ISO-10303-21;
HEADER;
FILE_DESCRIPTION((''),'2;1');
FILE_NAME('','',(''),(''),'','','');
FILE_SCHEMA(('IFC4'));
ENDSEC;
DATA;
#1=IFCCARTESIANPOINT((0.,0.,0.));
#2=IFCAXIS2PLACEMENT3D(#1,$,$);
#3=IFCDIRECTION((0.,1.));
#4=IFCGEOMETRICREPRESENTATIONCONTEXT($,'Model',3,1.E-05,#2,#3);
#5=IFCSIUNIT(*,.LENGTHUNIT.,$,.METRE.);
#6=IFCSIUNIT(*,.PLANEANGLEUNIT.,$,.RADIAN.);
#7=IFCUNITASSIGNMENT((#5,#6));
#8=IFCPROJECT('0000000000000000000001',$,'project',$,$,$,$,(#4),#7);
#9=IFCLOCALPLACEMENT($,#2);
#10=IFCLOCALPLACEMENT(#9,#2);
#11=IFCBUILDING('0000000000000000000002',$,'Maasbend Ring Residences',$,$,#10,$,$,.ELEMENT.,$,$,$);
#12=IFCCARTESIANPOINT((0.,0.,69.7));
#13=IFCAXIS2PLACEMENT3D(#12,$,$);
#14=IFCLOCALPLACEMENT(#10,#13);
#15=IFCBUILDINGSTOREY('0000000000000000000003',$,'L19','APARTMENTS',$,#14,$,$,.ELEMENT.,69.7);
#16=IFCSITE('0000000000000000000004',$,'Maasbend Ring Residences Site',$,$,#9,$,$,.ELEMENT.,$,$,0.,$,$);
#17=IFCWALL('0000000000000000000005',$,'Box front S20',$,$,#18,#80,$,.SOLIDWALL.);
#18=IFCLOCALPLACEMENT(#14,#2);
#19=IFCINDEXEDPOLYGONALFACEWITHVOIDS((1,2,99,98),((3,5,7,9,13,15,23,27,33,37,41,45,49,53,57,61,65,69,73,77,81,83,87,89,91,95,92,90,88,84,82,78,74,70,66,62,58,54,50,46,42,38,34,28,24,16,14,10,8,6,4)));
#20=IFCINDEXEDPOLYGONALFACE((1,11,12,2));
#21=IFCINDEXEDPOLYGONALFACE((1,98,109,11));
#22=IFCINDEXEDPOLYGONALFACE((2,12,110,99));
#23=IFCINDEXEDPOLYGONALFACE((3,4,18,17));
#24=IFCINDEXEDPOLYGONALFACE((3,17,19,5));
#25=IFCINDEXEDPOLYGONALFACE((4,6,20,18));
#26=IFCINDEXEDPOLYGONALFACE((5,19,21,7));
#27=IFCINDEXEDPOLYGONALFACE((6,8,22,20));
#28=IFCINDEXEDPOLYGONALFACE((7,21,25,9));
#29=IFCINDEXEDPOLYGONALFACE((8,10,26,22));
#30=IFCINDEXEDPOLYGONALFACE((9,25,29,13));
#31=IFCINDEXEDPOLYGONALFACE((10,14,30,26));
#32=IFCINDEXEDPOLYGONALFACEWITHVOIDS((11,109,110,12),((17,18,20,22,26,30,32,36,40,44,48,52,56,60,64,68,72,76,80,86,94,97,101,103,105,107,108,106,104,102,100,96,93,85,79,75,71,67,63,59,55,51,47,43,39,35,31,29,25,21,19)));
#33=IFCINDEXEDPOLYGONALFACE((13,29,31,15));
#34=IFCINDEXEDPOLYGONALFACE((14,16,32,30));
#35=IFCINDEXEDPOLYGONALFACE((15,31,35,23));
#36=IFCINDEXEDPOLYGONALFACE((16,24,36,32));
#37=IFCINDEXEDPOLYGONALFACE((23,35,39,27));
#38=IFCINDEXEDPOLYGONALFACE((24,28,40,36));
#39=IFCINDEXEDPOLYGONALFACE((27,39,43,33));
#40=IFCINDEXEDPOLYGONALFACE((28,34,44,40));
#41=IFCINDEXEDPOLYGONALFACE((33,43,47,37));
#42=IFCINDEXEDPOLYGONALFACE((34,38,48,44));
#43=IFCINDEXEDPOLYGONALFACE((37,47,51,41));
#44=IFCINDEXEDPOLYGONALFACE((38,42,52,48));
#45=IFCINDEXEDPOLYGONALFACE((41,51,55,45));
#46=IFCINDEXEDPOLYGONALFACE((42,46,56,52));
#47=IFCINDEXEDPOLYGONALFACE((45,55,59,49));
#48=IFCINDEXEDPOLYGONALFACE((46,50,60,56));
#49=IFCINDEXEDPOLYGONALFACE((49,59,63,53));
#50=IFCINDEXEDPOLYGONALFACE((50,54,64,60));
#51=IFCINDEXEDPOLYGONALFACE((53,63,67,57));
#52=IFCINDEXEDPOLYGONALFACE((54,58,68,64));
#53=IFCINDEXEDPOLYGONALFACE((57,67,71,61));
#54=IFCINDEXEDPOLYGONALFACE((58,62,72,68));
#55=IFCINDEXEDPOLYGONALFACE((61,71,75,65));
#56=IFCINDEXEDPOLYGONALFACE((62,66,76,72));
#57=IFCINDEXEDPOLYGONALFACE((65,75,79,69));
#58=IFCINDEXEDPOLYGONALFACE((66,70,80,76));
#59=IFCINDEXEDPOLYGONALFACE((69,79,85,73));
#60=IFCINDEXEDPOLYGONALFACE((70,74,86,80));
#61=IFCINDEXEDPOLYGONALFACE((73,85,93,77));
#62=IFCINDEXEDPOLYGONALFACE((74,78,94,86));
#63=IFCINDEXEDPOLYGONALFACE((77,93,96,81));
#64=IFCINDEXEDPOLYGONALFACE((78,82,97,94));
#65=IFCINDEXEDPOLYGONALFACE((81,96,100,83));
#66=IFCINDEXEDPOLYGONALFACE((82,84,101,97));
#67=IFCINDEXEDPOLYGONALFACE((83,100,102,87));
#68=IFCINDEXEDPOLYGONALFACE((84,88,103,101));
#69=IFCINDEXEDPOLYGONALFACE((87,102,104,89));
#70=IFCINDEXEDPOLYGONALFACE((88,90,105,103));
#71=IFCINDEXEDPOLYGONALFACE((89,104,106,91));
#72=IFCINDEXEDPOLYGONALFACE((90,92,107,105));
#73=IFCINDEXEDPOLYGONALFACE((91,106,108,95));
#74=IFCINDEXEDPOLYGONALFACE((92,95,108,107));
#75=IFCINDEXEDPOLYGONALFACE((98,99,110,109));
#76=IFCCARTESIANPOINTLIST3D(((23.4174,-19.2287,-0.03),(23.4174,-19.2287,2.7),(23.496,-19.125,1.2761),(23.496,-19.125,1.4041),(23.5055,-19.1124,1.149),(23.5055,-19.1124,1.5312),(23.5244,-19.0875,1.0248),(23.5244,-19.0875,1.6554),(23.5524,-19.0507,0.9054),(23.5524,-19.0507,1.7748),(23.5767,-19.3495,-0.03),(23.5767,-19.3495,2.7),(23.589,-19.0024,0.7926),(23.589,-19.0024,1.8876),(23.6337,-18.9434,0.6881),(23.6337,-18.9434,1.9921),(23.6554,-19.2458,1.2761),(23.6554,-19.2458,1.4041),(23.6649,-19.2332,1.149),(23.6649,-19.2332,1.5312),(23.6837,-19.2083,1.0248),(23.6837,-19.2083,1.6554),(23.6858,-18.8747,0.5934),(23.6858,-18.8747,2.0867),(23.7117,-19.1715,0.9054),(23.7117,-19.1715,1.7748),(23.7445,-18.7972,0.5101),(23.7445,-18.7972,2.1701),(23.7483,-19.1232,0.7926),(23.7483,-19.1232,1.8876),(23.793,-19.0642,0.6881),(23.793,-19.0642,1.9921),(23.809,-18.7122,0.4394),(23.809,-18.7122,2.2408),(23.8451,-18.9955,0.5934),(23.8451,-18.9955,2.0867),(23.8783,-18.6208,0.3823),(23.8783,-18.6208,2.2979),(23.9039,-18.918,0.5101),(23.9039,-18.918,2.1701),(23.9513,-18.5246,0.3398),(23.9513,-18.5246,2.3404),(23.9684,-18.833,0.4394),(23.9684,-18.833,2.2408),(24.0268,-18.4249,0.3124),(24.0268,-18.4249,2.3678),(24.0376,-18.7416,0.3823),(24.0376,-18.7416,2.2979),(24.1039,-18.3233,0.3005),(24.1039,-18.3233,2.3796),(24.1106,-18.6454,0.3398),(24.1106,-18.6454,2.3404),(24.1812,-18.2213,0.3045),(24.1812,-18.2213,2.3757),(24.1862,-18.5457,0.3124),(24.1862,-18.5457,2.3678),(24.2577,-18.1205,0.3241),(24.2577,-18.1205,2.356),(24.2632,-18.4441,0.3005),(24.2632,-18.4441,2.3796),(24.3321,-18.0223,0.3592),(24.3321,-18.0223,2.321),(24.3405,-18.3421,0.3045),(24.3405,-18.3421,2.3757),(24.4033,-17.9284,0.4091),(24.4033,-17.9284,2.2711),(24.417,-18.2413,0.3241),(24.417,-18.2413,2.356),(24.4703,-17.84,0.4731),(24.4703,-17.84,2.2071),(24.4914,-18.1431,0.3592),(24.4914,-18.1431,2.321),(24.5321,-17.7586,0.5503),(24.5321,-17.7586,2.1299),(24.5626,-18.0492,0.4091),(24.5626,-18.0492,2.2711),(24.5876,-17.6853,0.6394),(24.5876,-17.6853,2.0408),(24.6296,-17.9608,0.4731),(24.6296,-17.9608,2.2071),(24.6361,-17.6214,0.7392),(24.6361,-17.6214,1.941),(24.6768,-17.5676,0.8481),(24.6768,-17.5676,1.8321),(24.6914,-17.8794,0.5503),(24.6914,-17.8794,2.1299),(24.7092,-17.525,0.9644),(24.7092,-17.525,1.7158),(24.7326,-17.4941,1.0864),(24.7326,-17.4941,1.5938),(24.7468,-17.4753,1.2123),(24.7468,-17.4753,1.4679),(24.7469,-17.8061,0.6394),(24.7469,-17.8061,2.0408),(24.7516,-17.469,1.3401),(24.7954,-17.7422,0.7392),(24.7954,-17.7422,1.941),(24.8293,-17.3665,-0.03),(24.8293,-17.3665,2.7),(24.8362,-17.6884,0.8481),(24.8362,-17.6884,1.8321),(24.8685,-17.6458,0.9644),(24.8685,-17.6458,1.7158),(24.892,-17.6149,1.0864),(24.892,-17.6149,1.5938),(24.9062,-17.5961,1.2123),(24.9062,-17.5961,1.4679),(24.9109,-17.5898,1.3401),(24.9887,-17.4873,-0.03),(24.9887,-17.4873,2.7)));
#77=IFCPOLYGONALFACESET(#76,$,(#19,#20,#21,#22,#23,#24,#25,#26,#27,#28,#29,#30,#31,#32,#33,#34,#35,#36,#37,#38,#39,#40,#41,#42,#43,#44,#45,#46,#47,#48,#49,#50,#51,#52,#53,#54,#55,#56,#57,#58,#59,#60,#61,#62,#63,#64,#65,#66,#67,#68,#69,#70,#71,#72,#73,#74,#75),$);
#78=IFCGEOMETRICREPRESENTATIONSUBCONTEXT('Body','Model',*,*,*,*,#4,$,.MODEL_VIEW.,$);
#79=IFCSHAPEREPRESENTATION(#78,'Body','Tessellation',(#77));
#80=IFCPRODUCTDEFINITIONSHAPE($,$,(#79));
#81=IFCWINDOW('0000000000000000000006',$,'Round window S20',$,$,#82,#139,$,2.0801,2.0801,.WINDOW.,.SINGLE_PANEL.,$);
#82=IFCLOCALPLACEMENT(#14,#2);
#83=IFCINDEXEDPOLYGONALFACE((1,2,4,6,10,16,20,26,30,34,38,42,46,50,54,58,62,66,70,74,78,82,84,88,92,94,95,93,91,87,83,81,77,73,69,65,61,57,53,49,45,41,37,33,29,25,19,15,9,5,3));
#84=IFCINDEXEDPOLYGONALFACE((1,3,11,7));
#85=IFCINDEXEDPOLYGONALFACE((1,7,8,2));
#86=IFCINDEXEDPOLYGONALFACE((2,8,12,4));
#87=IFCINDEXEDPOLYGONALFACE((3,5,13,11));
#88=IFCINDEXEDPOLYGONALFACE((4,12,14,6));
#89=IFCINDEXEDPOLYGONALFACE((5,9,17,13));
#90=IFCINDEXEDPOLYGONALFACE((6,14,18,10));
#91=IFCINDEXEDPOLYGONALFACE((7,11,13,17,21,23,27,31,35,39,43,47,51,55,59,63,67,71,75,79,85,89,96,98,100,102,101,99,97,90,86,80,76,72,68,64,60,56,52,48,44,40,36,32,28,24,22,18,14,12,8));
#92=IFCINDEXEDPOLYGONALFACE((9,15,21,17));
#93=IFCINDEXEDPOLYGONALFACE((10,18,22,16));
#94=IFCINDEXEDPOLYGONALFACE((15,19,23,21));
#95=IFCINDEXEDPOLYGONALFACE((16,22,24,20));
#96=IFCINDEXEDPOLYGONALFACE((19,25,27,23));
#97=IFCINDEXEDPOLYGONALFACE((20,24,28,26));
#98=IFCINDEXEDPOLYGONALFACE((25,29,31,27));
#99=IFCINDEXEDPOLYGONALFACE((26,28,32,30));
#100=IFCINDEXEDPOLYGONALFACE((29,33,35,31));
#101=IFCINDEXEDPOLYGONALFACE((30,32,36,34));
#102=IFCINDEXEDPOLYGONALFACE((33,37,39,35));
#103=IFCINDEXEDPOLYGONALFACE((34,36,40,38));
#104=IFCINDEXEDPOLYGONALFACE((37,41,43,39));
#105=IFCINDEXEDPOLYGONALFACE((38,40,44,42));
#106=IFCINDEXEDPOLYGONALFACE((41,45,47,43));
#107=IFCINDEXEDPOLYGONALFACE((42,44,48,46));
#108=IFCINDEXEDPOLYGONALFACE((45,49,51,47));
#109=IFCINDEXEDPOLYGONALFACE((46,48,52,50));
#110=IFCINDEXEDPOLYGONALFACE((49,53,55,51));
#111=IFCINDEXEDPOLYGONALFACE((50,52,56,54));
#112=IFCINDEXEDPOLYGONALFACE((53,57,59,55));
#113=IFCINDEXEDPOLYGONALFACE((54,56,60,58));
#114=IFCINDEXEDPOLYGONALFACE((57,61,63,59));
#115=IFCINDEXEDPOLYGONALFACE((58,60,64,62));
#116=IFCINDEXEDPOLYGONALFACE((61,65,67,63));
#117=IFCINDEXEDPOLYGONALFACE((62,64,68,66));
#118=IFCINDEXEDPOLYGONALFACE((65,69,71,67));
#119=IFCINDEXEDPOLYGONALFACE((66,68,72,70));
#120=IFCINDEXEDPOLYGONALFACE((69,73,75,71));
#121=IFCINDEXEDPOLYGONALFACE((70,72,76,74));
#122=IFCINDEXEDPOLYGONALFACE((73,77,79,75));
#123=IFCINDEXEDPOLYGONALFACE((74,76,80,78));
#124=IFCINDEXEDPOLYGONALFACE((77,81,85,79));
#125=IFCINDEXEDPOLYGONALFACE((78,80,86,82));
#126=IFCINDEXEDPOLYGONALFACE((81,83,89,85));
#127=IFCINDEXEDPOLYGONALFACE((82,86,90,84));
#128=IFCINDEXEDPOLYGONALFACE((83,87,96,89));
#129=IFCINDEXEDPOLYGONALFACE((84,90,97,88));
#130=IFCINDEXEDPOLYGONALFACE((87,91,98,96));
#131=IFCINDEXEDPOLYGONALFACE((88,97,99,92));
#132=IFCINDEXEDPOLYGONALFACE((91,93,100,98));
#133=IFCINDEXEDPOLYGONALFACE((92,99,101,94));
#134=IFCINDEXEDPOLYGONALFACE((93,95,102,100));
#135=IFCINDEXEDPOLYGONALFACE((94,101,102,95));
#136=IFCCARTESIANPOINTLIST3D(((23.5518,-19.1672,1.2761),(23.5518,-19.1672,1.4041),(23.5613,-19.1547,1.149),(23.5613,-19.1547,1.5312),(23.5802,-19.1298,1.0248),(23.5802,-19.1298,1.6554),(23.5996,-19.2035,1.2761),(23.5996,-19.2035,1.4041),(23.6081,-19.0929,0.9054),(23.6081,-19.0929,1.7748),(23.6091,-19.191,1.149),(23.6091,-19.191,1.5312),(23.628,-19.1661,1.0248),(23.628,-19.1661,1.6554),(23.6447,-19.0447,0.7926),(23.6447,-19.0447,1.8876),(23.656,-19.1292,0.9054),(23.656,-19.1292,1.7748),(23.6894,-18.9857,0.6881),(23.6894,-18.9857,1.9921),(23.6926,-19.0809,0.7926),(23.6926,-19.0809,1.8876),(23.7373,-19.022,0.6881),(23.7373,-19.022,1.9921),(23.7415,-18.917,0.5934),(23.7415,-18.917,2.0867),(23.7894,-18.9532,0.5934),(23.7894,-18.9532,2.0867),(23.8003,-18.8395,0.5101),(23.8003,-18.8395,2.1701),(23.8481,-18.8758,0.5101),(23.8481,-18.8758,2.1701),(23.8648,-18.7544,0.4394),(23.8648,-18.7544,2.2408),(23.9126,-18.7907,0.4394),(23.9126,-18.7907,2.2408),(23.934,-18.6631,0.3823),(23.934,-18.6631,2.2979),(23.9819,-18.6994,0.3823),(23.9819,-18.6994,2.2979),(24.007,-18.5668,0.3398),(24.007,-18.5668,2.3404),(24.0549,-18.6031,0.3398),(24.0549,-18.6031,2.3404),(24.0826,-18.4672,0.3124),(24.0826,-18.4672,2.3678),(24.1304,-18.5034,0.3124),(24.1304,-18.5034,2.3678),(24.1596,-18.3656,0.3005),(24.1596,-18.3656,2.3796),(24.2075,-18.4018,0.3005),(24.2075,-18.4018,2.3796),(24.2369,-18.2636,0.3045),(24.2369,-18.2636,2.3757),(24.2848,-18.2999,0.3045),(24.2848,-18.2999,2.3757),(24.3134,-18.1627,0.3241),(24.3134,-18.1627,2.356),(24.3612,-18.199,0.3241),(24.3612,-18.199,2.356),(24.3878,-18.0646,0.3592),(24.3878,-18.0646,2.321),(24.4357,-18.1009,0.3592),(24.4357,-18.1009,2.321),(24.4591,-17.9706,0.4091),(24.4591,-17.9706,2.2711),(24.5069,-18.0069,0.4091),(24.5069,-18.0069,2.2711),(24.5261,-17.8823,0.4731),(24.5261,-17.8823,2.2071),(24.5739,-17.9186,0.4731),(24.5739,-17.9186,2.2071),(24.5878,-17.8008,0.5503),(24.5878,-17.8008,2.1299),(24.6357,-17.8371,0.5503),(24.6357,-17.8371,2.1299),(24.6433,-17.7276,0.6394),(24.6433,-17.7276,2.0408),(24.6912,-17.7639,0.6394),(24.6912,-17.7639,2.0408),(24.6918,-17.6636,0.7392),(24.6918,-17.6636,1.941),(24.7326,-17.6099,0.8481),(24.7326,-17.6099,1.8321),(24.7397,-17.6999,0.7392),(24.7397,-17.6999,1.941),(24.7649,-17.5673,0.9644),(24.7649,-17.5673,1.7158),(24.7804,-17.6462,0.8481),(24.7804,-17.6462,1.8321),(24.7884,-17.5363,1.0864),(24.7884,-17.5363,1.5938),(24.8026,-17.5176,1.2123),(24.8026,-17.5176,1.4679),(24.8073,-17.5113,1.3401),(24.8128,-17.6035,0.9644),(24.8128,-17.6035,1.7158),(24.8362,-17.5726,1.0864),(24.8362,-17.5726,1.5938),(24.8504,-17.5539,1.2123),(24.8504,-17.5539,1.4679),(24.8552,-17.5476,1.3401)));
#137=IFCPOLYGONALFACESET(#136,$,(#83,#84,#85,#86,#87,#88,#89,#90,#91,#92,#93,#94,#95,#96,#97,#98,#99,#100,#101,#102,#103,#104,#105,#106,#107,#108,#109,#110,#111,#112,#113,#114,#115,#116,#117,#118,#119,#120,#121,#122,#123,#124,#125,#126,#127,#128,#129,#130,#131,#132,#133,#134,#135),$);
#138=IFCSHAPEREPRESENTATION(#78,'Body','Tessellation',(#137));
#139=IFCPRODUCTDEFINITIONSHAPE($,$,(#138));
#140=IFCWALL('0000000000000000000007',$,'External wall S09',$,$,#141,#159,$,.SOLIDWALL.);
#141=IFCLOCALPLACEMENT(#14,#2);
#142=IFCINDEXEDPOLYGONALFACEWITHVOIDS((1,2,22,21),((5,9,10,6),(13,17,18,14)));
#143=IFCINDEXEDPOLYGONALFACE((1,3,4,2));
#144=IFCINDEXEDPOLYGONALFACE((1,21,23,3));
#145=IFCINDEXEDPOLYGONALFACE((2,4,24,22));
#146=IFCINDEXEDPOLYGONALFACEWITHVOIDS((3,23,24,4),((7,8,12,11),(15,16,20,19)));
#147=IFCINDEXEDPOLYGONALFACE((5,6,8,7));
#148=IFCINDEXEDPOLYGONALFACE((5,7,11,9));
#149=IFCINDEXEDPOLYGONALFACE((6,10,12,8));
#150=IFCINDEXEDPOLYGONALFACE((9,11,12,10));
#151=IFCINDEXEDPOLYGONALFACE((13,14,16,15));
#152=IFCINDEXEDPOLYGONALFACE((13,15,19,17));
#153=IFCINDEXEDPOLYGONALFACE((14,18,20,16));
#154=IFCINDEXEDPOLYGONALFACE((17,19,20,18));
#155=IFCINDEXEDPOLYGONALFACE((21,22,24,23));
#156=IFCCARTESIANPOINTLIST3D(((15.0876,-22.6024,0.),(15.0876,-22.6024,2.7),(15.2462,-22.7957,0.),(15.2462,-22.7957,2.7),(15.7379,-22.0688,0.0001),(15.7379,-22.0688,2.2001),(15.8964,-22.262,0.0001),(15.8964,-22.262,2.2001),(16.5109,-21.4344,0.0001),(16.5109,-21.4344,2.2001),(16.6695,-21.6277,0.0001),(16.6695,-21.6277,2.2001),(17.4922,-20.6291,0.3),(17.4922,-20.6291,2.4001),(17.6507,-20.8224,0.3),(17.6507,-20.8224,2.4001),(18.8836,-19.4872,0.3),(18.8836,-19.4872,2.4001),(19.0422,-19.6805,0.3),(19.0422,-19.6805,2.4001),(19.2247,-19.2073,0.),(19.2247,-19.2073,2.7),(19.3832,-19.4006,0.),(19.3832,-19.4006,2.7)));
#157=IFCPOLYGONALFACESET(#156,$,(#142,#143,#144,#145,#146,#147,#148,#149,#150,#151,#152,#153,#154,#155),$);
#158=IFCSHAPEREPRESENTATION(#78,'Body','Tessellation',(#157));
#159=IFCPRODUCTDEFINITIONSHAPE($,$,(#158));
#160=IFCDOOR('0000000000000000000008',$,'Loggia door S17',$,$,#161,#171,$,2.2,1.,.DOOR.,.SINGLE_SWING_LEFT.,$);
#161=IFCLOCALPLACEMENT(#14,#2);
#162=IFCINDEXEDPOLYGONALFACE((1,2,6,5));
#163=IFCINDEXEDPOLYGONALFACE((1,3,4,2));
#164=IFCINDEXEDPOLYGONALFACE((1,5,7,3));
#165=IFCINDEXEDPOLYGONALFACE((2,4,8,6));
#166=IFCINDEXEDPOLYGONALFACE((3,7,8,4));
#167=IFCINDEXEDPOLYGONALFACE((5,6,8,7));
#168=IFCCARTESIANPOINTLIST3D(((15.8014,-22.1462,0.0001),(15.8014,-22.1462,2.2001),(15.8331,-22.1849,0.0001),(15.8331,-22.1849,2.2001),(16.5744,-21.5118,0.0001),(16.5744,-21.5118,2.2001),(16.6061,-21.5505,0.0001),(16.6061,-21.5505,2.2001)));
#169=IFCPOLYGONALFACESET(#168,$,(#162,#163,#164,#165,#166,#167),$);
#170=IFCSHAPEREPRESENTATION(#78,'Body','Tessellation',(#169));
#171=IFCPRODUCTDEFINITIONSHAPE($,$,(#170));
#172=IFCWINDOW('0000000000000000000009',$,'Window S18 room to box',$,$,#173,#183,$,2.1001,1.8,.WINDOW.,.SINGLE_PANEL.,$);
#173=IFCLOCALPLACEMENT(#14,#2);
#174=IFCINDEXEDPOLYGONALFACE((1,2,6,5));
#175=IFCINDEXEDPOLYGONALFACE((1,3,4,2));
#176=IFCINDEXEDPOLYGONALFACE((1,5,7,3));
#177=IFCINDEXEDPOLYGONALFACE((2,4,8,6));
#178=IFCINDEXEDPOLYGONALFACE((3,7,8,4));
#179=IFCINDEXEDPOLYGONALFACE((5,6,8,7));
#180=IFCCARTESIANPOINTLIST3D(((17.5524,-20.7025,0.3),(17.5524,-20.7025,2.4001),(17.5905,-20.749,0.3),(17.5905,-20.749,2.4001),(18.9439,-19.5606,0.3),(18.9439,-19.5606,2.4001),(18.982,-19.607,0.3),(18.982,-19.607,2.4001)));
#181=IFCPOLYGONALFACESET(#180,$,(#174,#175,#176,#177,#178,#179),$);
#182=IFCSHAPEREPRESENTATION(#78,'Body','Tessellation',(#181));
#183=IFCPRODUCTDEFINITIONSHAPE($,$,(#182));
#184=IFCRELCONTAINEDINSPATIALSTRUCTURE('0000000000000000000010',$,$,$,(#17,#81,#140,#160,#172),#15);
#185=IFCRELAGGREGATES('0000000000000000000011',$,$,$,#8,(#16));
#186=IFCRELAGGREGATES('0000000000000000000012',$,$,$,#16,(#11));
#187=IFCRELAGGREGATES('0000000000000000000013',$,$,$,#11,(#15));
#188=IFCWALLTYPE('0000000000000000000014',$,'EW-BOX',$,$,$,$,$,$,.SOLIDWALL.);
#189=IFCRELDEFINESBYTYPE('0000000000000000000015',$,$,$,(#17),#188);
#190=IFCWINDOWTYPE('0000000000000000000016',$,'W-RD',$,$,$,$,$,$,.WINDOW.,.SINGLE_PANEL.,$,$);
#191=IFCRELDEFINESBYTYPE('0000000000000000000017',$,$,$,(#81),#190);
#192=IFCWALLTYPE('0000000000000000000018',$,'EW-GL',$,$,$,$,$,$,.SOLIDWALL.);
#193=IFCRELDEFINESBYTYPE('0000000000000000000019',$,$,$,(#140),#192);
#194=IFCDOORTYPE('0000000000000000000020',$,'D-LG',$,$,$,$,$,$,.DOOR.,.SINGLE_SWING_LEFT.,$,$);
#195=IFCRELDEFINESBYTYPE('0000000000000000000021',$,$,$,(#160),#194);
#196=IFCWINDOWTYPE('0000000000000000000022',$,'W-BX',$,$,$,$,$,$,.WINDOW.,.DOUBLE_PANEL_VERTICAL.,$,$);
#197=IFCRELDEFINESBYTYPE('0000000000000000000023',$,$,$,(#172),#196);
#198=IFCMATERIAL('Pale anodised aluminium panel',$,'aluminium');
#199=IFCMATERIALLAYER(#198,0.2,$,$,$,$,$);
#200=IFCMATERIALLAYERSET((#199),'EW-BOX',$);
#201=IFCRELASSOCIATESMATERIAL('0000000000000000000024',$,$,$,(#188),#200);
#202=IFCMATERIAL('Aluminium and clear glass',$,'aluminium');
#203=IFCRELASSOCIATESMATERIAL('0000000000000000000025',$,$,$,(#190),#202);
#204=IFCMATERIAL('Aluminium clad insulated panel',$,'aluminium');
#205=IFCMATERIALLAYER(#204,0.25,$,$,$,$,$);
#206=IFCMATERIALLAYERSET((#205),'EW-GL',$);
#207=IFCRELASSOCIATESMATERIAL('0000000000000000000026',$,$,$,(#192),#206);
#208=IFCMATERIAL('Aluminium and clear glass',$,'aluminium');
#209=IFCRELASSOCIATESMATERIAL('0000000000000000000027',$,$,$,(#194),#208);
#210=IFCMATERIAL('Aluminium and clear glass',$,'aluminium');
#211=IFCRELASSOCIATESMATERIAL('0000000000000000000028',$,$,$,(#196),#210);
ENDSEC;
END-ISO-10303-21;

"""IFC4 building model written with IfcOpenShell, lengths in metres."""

from ifc_helpers import new_model, si_unit, direction, frame, frame_2d, origin, place, context, subcontext, project, spatial, rectangle, circle, extrude, material, layer, layer_set, type_object, element, fill, save


model = new_model("IFC4")

# Units and contexts
model_context = context("Model", 3, precision=1e-05, world=origin(), true_north=direction((0.0, 1.0)))
body_context = subcontext(model_context, "Body", "Model", "MODEL_VIEW")
ifc_project = project(units=[si_unit("LENGTHUNIT", "METRE"), si_unit("PLANEANGLEUNIT", "RADIAN")], contexts=[model_context])

# Site, building, storey
site_placement = place(None, origin())
site = spatial("IfcSite", under=ifc_project, at=site_placement, Name="Maasbend Ring Residences Site", CompositionType="ELEMENT", RefElevation=0.0)
building_placement = place(site_placement, origin())
building = spatial("IfcBuilding", under=site, at=building_placement, Name="Maasbend Ring Residences", CompositionType="ELEMENT")
storey_placement = place(building_placement, frame((0.0, 0.0, 69.7)))
storey = spatial("IfcBuildingStorey", under=building, at=storey_placement, Name="L19", Description="APARTMENTS", CompositionType="ELEMENT", Elevation=69.7)

# Shared definitions
ifc_material_1 = material(Name="Pale anodised aluminium panel", Category="aluminium")
ifc_layer_1 = layer(ifc_material_1, 0.2)
ifc_layer_set_1 = layer_set([ifc_layer_1], Name="EW-BOX")
wall_type_1 = type_object("IfcWallType", Name="EW-BOX", PredefinedType="SOLIDWALL", material=ifc_layer_set_1)
ifc_material_2 = material(Name="Aluminium and clear glass", Category="aluminium")
window_type_1 = type_object("IfcWindowType", Name="W-RD", PartitioningType="SINGLE_PANEL", PredefinedType="WINDOW", material=ifc_material_2)

# Wall, opening, window
wall_1_placement = place(storey_placement, frame((23.4971, -19.2891, -0.03), z_axis=(0.0, 0.0, 1.0), x_axis=(0.604188, 0.796842, 0.0)))
wall_1 = element("IfcWall", 1, at=wall_1_placement, inside=storey, type_object=wall_type_1, Name="Box front S20", PredefinedType="SOLIDWALL", context=body_context, shape_type="SweptSolid", body=[
    extrude(rectangle(XDim=2.3369, YDim=0.2, at=frame_2d((1.1685, 0.0))), origin(), (0.0, 0.0, 1.0), 2.73),
])
opening_1_placement = place(wall_1_placement, frame((0.1282, 0.0, 0.3301)))
opening_1 = element("IfcOpeningElement", 2, at=opening_1_placement, cuts=wall_1, PredefinedType="OPENING", context=body_context, shape_type="SweptSolid", body=[
    extrude(circle(Radius=1.04, at=frame_2d((1.04, 1.04))), frame((0.0, 0.1099, 0.0), z_axis=(0.0, -1.0, 0.0), x_axis=(1.0, 0.0, 0.0)), (0.0, 0.0, 1.0), 0.22),
])
window_1_placement = place(opening_1_placement, origin())
window_1 = element("IfcWindow", 3, at=window_1_placement, inside=storey, type_object=window_type_1, Name="Round window S20", OverallHeight=2.0801, OverallWidth=2.0801, PartitioningType="SINGLE_PANEL", PredefinedType="WINDOW", context=body_context, shape_type="SweptSolid", body=[
    extrude(circle(Radius=1.04, at=frame_2d((1.04, 1.04))), frame((0.0, 0.03, 0.0), z_axis=(0.0, -1.0, 0.0), x_axis=(1.0, 0.0, 0.0)), (0.0, 0.0, 1.0), 0.0601),
])
fill(opening_1, window_1)

# Wall, openings, door, window
ifc_material_3 = material(Name="Aluminium clad insulated panel", Category="aluminium")
ifc_layer_2 = layer(ifc_material_3, 0.25)
ifc_layer_set_2 = layer_set([ifc_layer_2], Name="EW-GL")
wall_type_2 = type_object("IfcWallType", Name="EW-GL", PredefinedType="SOLIDWALL", material=ifc_layer_set_2)
wall_2_placement = place(storey_placement, frame((15.167, -22.699, 0.0), z_axis=(0.0, 0.0, 1.0), x_axis=(0.773019, 0.634382, 0.0)))
wall_2 = element("IfcWall", 4, at=wall_2_placement, inside=storey, type_object=wall_type_2, Name="External wall S09", PredefinedType="SOLIDWALL", context=body_context, shape_type="SweptSolid", body=[
    extrude(rectangle(XDim=5.3518, YDim=0.25, at=frame_2d((2.6758, 0.0))), origin(), (0.0, 0.0, 1.0), 2.7),
])
opening_2_placement = place(wall_2_placement, frame((0.8411, 0.0, 0.0)))
opening_2 = element("IfcOpeningElement", 5, at=opening_2_placement, cuts=wall_2, PredefinedType="OPENING", context=body_context, shape_type="SweptSolid", body=[
    extrude(rectangle(XDim=1.0, YDim=2.2, at=frame_2d((0.5, 1.1001))), frame((0.0, 0.135, 0.0), z_axis=(0.0, -1.0, 0.0), x_axis=(1.0, 0.0, 0.0)), (0.0, 0.0, 1.0), 0.27),
])
opening_3_placement = place(wall_2_placement, frame((3.1106, 0.0, 0.3)))
opening_3 = element("IfcOpeningElement", 6, at=opening_3_placement, cuts=wall_2, PredefinedType="OPENING", context=body_context, shape_type="SweptSolid", body=[
    extrude(rectangle(XDim=1.8, YDim=2.1001, at=frame_2d((0.8999, 1.05))), frame((0.0, 0.135, 0.0), z_axis=(0.0, -1.0, 0.0), x_axis=(1.0, 0.0, 0.0)), (0.0, 0.0, 1.0), 0.27),
])
ifc_material_4 = material(Name="Aluminium and clear glass", Category="aluminium")
door_type_1 = type_object("IfcDoorType", Name="D-LG", OperationType="SINGLE_SWING_LEFT", PredefinedType="DOOR", material=ifc_material_4)
door_1_placement = place(opening_2_placement, origin())
door_1 = element("IfcDoor", 7, at=door_1_placement, inside=storey, type_object=door_type_1, Name="Loggia door S17", OperationType="SINGLE_SWING_LEFT", OverallHeight=2.2, OverallWidth=1.0, PredefinedType="DOOR", context=body_context, shape_type="SweptSolid", body=[
    extrude(rectangle(XDim=1.0, YDim=2.2, at=frame_2d((0.5, 1.1001))), frame((0.0, 0.0249, 0.0), z_axis=(0.0, -1.0, 0.0), x_axis=(1.0, 0.0, 0.0)), (0.0, 0.0, 1.0), 0.05),
])
fill(opening_2, door_1)
ifc_material_5 = material(Name="Aluminium and clear glass", Category="aluminium")
window_type_2 = type_object("IfcWindowType", Name="W-BX", PartitioningType="DOUBLE_PANEL_VERTICAL", PredefinedType="WINDOW", material=ifc_material_5)
window_2_placement = place(opening_3_placement, origin())
window_2 = element("IfcWindow", 8, at=window_2_placement, inside=storey, type_object=window_type_2, Name="Window S18 room to box", OverallHeight=2.1001, OverallWidth=1.8, PartitioningType="SINGLE_PANEL", PredefinedType="WINDOW", context=body_context, shape_type="SweptSolid", body=[
    extrude(rectangle(XDim=1.8, YDim=2.1001, at=frame_2d((0.8999, 1.05))), frame((0.0, 0.03, 0.0), z_axis=(0.0, -1.0, 0.0), x_axis=(1.0, 0.0, 0.0)), (0.0, 0.0, 1.0), 0.0601),
])
fill(opening_3, window_2)

save(model, "model.ifc")
